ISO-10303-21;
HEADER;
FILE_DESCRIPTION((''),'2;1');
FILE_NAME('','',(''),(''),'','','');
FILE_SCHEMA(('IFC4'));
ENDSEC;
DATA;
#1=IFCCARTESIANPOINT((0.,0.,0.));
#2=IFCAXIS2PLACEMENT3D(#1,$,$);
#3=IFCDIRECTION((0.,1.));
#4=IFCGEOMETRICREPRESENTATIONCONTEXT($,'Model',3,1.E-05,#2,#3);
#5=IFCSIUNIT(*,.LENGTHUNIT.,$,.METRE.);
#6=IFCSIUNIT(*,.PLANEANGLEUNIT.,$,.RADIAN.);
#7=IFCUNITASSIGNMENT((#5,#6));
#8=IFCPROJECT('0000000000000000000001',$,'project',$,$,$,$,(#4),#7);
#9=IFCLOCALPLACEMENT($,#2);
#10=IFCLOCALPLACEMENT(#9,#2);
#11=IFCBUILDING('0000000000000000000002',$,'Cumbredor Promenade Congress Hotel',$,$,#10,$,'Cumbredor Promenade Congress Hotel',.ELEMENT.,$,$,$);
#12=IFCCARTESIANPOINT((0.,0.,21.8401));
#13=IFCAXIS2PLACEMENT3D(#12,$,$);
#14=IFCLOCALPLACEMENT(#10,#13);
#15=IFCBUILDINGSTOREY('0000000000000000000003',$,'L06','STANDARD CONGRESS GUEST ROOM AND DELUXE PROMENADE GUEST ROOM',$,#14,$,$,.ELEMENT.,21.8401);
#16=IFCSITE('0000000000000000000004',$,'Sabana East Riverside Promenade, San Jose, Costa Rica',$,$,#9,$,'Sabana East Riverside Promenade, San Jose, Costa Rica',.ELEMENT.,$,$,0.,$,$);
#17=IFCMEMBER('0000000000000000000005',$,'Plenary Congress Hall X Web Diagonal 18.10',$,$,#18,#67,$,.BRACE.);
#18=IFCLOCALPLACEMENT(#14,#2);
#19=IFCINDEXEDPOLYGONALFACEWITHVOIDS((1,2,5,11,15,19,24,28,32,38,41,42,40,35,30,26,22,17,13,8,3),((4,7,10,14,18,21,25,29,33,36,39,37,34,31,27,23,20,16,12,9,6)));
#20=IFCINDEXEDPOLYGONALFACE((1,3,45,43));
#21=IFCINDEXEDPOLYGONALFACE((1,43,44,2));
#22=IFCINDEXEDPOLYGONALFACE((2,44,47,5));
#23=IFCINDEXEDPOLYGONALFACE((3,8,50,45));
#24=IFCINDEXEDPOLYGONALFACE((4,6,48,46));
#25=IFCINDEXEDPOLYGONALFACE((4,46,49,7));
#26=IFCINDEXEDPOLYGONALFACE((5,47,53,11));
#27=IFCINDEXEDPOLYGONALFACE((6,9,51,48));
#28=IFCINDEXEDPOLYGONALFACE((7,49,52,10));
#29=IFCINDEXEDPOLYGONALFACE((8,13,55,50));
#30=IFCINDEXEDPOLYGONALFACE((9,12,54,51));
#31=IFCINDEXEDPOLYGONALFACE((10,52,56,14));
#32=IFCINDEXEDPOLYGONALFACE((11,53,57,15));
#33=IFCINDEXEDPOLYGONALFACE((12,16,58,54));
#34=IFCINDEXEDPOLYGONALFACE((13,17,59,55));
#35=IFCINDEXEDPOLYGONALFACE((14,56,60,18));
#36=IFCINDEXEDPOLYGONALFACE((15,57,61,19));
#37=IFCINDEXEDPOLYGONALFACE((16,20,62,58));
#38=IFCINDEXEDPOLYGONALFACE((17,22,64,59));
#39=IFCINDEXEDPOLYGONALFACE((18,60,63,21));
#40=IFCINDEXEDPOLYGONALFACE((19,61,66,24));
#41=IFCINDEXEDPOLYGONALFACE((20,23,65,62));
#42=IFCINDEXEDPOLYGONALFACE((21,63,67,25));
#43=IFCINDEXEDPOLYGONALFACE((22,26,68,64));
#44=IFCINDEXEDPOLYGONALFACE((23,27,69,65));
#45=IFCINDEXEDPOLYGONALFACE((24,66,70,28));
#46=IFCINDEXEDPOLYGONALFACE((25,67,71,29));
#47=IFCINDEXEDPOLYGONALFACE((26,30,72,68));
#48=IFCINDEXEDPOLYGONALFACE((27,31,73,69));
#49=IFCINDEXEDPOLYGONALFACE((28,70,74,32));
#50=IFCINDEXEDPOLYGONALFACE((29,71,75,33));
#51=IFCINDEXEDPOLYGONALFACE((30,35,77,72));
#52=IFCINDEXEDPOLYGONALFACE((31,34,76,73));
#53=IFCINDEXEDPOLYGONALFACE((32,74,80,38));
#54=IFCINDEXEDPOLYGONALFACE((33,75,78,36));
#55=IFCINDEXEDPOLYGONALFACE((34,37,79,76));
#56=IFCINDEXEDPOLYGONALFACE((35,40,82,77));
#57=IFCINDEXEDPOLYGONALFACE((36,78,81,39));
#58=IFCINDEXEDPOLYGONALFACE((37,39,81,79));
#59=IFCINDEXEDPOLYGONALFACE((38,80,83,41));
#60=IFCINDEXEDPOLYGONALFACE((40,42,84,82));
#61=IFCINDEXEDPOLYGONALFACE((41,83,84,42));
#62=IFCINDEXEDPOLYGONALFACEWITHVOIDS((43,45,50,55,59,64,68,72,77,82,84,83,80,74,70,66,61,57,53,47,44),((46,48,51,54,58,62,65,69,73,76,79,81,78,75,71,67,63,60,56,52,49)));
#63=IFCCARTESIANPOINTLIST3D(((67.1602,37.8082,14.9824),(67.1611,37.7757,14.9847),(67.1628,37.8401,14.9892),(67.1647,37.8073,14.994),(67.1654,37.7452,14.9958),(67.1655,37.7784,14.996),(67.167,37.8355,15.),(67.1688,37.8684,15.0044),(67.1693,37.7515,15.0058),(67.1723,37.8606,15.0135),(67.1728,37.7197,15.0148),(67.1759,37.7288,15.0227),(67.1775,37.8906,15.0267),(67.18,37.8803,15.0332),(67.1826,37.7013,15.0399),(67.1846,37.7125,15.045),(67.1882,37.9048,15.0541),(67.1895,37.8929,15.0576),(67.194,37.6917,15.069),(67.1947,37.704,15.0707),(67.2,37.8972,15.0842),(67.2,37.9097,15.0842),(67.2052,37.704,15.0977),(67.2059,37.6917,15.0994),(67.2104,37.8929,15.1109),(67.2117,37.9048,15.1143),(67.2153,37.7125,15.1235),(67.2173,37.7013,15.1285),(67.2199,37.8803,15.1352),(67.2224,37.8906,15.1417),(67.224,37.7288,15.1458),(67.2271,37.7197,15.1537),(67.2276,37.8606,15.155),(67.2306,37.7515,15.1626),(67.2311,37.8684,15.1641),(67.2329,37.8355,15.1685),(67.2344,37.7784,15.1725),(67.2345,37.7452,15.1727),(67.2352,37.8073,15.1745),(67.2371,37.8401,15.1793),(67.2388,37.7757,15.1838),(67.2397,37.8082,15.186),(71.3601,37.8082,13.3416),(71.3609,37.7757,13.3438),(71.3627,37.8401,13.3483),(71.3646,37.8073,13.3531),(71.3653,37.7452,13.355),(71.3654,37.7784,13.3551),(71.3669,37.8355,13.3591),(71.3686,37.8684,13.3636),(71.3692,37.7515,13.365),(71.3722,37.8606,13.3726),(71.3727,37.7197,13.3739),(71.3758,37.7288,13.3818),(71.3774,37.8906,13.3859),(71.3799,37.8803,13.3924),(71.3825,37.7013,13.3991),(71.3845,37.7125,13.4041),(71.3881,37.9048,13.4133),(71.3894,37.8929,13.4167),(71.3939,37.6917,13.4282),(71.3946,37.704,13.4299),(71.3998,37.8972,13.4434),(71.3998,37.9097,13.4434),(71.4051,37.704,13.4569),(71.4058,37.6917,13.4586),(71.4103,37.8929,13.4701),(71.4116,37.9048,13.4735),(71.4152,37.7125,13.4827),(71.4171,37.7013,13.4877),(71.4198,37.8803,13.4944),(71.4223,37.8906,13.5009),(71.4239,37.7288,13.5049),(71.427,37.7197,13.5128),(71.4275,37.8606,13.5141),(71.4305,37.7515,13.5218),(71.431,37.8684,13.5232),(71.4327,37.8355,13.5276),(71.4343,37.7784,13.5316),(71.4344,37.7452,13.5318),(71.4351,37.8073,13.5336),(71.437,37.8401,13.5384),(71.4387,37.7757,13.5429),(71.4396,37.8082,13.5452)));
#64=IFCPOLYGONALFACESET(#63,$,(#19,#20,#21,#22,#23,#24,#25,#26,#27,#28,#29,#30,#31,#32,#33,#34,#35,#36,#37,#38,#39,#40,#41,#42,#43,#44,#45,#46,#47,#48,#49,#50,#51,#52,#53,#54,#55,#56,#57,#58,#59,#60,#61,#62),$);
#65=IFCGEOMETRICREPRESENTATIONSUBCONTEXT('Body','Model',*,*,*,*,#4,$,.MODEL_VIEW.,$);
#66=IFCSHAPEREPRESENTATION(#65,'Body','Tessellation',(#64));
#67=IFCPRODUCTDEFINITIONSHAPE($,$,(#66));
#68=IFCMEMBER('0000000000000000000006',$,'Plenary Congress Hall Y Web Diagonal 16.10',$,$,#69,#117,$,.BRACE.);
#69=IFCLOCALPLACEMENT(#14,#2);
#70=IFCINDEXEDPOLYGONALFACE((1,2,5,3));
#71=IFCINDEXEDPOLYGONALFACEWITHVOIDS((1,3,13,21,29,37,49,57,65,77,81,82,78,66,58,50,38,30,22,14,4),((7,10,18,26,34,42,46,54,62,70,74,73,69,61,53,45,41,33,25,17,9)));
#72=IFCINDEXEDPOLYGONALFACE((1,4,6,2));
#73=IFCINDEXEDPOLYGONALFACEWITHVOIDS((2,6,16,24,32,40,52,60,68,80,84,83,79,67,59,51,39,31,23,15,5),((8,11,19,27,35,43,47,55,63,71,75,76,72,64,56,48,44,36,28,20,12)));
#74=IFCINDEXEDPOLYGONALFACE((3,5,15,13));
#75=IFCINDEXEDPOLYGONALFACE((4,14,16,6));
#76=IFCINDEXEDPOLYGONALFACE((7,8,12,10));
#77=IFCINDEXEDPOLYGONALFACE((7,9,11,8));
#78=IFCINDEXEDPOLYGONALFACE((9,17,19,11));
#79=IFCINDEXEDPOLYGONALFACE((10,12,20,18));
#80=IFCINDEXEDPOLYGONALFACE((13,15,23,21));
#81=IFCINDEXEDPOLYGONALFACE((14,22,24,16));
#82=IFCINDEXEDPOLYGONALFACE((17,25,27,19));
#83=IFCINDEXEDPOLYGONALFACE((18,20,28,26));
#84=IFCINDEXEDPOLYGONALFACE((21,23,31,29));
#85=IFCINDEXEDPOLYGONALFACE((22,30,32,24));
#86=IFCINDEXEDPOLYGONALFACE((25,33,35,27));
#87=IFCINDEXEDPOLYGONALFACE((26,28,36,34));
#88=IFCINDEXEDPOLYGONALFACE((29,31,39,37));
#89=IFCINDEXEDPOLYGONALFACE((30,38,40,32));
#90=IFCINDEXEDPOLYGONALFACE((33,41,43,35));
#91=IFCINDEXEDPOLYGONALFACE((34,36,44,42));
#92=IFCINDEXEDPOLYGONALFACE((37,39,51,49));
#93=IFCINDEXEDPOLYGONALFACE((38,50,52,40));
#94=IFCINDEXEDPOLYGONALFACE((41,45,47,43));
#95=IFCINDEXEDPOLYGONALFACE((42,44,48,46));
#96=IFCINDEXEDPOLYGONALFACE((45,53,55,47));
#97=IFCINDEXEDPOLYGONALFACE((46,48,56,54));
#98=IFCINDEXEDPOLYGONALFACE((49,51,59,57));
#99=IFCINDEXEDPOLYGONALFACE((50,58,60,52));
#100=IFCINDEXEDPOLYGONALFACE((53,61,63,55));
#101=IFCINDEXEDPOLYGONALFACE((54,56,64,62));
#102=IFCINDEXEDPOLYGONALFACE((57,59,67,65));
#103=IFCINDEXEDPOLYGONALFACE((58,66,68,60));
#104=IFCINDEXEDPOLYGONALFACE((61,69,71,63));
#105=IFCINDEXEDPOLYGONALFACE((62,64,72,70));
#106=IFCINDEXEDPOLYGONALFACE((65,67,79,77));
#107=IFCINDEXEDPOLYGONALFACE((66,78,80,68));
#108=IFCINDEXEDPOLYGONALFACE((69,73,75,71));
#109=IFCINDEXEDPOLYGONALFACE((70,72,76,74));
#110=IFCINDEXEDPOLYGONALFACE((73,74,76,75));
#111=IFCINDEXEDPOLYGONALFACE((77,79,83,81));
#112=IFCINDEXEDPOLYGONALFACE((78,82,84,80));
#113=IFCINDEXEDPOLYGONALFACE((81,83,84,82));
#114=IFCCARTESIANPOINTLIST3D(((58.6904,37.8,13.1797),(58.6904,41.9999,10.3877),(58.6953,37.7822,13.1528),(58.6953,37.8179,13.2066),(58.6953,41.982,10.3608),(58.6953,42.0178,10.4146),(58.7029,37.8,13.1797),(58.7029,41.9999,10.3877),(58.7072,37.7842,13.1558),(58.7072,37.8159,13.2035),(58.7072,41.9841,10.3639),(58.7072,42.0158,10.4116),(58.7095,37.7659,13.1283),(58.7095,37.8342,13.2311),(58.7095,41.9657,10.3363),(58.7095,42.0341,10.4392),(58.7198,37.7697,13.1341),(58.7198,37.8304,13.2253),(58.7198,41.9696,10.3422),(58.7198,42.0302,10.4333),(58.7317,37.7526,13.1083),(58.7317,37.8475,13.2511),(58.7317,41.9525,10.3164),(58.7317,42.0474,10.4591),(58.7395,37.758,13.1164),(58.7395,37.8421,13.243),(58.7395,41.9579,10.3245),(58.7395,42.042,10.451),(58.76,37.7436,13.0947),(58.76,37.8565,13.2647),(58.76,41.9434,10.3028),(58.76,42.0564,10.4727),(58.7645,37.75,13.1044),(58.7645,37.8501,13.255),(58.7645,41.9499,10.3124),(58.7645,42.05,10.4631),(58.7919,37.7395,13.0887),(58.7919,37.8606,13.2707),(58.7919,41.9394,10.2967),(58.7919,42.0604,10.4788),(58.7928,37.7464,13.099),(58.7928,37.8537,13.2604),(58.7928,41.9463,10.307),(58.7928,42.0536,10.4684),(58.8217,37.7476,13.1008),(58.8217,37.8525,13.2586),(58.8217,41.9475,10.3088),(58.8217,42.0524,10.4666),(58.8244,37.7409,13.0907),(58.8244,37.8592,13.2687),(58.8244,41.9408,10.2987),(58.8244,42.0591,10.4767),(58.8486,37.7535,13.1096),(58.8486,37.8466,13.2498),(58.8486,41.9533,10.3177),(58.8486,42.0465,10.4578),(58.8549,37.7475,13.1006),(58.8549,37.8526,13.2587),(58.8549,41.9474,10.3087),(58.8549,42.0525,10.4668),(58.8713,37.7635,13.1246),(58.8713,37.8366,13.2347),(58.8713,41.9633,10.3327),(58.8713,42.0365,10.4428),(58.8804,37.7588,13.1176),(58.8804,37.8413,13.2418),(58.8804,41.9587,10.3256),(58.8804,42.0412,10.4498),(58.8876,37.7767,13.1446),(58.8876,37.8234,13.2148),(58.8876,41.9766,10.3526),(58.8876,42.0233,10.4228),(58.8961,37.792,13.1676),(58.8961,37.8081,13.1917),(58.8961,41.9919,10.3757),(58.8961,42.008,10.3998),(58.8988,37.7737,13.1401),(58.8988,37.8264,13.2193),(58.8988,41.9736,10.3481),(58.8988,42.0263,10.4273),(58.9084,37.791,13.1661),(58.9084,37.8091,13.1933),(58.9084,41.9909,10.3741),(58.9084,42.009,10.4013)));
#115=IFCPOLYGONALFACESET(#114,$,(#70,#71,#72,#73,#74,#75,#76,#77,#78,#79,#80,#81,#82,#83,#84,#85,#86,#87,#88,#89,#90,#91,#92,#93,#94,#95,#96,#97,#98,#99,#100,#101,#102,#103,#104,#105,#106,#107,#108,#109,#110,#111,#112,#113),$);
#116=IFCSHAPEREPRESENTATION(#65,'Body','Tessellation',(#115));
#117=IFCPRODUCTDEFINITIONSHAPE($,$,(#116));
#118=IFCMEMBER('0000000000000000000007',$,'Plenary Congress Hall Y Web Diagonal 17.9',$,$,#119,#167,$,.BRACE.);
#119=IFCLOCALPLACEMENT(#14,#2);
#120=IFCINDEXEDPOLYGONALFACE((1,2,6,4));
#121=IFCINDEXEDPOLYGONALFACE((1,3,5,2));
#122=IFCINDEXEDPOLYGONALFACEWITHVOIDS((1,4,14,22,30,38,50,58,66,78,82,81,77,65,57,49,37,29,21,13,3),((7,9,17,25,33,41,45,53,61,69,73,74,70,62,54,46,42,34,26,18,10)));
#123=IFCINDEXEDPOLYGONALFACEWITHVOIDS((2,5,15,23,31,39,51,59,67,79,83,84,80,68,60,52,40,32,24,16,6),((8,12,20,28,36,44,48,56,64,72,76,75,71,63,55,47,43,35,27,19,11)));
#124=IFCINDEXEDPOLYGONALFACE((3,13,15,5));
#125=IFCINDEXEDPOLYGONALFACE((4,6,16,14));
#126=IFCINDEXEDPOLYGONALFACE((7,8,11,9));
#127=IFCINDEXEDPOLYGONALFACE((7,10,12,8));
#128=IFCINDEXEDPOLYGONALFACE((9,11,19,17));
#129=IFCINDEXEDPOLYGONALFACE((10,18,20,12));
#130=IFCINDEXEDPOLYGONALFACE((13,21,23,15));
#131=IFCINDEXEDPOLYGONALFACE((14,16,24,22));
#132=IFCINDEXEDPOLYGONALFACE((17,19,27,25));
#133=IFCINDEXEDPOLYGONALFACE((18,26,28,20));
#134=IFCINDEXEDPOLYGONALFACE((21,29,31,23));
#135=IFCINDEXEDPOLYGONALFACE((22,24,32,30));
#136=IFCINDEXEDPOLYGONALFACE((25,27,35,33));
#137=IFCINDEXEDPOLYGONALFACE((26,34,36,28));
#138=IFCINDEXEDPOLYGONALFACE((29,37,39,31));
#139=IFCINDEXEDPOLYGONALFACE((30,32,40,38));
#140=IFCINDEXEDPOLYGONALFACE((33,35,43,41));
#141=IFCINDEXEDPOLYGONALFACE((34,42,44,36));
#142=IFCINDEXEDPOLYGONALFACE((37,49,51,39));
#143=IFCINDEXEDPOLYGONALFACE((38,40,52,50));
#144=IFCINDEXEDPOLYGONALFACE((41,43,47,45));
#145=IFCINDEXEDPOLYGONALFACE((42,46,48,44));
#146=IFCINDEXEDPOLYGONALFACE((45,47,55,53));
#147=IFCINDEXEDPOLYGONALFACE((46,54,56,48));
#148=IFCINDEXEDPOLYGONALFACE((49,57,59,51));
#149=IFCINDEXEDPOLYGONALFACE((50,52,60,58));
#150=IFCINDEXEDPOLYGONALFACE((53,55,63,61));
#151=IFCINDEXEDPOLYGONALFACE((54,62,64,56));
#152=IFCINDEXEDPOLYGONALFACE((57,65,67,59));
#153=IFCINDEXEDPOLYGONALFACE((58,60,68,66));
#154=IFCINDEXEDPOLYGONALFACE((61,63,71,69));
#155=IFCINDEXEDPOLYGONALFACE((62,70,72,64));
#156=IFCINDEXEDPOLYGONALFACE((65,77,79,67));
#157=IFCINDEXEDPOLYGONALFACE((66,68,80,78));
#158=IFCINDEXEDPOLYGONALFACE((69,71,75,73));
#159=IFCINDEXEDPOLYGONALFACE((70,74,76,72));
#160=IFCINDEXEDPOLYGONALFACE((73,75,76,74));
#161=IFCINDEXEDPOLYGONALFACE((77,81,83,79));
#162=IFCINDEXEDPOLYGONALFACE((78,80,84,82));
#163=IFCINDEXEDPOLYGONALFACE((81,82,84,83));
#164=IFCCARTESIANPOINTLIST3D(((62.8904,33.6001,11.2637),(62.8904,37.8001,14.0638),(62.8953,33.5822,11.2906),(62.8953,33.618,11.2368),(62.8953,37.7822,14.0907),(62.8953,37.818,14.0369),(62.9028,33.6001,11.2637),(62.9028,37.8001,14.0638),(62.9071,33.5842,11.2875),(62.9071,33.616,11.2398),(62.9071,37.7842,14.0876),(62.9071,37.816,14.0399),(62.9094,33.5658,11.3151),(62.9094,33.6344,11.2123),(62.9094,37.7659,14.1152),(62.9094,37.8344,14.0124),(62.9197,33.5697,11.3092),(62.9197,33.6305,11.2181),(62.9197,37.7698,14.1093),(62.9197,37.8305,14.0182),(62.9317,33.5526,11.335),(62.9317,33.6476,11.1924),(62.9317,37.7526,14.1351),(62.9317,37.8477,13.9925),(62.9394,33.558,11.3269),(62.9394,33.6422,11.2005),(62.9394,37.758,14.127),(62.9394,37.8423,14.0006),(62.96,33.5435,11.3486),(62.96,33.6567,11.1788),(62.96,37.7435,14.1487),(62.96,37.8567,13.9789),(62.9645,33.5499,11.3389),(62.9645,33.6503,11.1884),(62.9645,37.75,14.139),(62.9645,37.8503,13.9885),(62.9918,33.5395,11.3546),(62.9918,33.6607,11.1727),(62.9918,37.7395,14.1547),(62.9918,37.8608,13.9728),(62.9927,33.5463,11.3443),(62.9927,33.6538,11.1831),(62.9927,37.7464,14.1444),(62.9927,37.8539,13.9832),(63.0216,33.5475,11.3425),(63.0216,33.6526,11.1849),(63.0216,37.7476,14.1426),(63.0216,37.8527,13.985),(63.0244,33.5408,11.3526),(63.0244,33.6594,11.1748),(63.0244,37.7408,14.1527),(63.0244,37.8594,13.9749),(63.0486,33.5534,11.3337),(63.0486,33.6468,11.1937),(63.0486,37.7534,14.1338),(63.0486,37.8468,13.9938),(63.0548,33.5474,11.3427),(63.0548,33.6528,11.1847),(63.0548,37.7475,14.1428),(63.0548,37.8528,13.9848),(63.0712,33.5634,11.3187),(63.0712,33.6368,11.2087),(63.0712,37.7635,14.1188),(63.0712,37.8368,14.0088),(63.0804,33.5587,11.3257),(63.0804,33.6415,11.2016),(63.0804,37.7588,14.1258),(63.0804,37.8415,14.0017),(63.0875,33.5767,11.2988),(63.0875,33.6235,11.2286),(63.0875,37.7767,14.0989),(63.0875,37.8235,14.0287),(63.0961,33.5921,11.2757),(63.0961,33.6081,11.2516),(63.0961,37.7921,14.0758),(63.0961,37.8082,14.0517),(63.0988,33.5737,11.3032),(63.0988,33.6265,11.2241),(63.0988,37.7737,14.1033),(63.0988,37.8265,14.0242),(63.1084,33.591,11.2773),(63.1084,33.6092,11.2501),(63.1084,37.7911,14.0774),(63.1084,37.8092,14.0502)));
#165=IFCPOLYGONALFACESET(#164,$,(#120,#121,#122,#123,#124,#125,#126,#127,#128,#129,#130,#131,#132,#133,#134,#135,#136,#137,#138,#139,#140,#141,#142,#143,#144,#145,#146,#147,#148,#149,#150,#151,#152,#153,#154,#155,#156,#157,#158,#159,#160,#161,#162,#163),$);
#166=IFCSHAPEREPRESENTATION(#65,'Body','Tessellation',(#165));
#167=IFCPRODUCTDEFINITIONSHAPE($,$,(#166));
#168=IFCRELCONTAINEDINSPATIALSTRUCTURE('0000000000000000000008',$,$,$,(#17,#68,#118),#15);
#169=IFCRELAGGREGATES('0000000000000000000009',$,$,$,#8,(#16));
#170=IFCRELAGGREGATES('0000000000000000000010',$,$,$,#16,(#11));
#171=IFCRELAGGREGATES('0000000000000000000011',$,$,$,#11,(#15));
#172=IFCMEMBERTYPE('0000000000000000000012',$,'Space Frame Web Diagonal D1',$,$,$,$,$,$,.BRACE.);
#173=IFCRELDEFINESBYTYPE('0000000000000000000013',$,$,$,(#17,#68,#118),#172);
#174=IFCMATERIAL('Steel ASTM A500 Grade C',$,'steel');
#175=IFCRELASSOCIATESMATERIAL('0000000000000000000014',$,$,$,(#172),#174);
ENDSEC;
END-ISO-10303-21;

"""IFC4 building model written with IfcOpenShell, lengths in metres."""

from ifc_helpers import new_model, si_unit, direction, frame, origin, origin_2d, place, context, subcontext, project, spatial, hollow_circle, extrude, material, material_profile, profile_set, type_object, element, save


model = new_model("IFC4")

# Units and contexts
model_context = context("Model", 3, precision=1e-05, world=origin(), true_north=direction((0.0, 1.0)))
body_context = subcontext(model_context, "Body", "Model", "MODEL_VIEW")
ifc_project = project(units=[si_unit("LENGTHUNIT", "METRE"), si_unit("PLANEANGLEUNIT", "RADIAN")], contexts=[model_context])

# Site, building, storey
site_placement = place(None, origin())
site = spatial("IfcSite", under=ifc_project, at=site_placement, Name="Sabana East Riverside Promenade, San Jose, Costa Rica", LongName="Sabana East Riverside Promenade, San Jose, Costa Rica", CompositionType="ELEMENT", RefElevation=0.0)
building_placement = place(site_placement, origin())
building = spatial("IfcBuilding", under=site, at=building_placement, Name="Cumbredor Promenade Congress Hotel", LongName="Cumbredor Promenade Congress Hotel", CompositionType="ELEMENT")
storey_placement = place(building_placement, frame((0.0, 0.0, 21.8401)))
storey = spatial("IfcBuildingStorey", under=building, at=storey_placement, Name="L06", Description="STANDARD CONGRESS GUEST ROOM AND DELUXE PROMENADE GUEST ROOM", CompositionType="ELEMENT", Elevation=21.8401)

# Members
ifc_material_1 = material(Name="Steel ASTM A500 Grade C", Category="steel")
ifc_material_profile_1 = material_profile(ifc_material_1, hollow_circle(Radius=0.1096, WallThickness=0.0125, at=origin_2d()), Name="CHS 219.1x12.5")
ifc_profile_set_1 = profile_set([ifc_material_profile_1], Name="Steel ASTM A500 Grade C")
member_type_1 = type_object("IfcMemberType", Name="Space Frame Web Diagonal D1", PredefinedType="BRACE", material=ifc_profile_set_1)
member_1_placement = place(storey_placement, frame((67.2, 37.8, 15.0842), z_axis=(0.931438, 0.0, -0.363901), x_axis=(0.0, 1.0, 0.0)))
element("IfcMember", 1, at=member_1_placement, inside=storey, type_object=member_type_1, Name="Plenary Congress Hall X Web Diagonal 18.10", PredefinedType="BRACE", context=body_context, shape_type="SweptSolid", body=[
    extrude(hollow_circle(Radius=0.1096, WallThickness=0.0125, at=origin_2d()), origin(), (0.0, 0.0, 1.0), 4.509),
])
member_2_placement = place(storey_placement, frame((58.8, 37.8, 13.1797), z_axis=(0.0, 0.832779, -0.553605), x_axis=(-1.0, 0.0, 0.0)))
element("IfcMember", 2, at=member_2_placement, inside=storey, type_object=member_type_1, Name="Plenary Congress Hall Y Web Diagonal 16.10", PredefinedType="BRACE", context=body_context, shape_type="SweptSolid", body=[
    extrude(hollow_circle(Radius=0.1096, WallThickness=0.0125, at=origin_2d()), origin(), (0.0, 0.0, 1.0), 5.0432),
])
member_3_placement = place(storey_placement, frame((63.0, 33.6001, 11.2637), z_axis=(0.0, 0.832043, 0.554711), x_axis=(-1.0, 0.0, 0.0)))
element("IfcMember", 3, at=member_3_placement, inside=storey, type_object=member_type_1, Name="Plenary Congress Hall Y Web Diagonal 17.9", PredefinedType="BRACE", context=body_context, shape_type="SweptSolid", body=[
    extrude(hollow_circle(Radius=0.1096, WallThickness=0.0125, at=origin_2d()), origin(), (0.0, 0.0, 1.0), 5.0479),
])

save(model, "model.ifc")
